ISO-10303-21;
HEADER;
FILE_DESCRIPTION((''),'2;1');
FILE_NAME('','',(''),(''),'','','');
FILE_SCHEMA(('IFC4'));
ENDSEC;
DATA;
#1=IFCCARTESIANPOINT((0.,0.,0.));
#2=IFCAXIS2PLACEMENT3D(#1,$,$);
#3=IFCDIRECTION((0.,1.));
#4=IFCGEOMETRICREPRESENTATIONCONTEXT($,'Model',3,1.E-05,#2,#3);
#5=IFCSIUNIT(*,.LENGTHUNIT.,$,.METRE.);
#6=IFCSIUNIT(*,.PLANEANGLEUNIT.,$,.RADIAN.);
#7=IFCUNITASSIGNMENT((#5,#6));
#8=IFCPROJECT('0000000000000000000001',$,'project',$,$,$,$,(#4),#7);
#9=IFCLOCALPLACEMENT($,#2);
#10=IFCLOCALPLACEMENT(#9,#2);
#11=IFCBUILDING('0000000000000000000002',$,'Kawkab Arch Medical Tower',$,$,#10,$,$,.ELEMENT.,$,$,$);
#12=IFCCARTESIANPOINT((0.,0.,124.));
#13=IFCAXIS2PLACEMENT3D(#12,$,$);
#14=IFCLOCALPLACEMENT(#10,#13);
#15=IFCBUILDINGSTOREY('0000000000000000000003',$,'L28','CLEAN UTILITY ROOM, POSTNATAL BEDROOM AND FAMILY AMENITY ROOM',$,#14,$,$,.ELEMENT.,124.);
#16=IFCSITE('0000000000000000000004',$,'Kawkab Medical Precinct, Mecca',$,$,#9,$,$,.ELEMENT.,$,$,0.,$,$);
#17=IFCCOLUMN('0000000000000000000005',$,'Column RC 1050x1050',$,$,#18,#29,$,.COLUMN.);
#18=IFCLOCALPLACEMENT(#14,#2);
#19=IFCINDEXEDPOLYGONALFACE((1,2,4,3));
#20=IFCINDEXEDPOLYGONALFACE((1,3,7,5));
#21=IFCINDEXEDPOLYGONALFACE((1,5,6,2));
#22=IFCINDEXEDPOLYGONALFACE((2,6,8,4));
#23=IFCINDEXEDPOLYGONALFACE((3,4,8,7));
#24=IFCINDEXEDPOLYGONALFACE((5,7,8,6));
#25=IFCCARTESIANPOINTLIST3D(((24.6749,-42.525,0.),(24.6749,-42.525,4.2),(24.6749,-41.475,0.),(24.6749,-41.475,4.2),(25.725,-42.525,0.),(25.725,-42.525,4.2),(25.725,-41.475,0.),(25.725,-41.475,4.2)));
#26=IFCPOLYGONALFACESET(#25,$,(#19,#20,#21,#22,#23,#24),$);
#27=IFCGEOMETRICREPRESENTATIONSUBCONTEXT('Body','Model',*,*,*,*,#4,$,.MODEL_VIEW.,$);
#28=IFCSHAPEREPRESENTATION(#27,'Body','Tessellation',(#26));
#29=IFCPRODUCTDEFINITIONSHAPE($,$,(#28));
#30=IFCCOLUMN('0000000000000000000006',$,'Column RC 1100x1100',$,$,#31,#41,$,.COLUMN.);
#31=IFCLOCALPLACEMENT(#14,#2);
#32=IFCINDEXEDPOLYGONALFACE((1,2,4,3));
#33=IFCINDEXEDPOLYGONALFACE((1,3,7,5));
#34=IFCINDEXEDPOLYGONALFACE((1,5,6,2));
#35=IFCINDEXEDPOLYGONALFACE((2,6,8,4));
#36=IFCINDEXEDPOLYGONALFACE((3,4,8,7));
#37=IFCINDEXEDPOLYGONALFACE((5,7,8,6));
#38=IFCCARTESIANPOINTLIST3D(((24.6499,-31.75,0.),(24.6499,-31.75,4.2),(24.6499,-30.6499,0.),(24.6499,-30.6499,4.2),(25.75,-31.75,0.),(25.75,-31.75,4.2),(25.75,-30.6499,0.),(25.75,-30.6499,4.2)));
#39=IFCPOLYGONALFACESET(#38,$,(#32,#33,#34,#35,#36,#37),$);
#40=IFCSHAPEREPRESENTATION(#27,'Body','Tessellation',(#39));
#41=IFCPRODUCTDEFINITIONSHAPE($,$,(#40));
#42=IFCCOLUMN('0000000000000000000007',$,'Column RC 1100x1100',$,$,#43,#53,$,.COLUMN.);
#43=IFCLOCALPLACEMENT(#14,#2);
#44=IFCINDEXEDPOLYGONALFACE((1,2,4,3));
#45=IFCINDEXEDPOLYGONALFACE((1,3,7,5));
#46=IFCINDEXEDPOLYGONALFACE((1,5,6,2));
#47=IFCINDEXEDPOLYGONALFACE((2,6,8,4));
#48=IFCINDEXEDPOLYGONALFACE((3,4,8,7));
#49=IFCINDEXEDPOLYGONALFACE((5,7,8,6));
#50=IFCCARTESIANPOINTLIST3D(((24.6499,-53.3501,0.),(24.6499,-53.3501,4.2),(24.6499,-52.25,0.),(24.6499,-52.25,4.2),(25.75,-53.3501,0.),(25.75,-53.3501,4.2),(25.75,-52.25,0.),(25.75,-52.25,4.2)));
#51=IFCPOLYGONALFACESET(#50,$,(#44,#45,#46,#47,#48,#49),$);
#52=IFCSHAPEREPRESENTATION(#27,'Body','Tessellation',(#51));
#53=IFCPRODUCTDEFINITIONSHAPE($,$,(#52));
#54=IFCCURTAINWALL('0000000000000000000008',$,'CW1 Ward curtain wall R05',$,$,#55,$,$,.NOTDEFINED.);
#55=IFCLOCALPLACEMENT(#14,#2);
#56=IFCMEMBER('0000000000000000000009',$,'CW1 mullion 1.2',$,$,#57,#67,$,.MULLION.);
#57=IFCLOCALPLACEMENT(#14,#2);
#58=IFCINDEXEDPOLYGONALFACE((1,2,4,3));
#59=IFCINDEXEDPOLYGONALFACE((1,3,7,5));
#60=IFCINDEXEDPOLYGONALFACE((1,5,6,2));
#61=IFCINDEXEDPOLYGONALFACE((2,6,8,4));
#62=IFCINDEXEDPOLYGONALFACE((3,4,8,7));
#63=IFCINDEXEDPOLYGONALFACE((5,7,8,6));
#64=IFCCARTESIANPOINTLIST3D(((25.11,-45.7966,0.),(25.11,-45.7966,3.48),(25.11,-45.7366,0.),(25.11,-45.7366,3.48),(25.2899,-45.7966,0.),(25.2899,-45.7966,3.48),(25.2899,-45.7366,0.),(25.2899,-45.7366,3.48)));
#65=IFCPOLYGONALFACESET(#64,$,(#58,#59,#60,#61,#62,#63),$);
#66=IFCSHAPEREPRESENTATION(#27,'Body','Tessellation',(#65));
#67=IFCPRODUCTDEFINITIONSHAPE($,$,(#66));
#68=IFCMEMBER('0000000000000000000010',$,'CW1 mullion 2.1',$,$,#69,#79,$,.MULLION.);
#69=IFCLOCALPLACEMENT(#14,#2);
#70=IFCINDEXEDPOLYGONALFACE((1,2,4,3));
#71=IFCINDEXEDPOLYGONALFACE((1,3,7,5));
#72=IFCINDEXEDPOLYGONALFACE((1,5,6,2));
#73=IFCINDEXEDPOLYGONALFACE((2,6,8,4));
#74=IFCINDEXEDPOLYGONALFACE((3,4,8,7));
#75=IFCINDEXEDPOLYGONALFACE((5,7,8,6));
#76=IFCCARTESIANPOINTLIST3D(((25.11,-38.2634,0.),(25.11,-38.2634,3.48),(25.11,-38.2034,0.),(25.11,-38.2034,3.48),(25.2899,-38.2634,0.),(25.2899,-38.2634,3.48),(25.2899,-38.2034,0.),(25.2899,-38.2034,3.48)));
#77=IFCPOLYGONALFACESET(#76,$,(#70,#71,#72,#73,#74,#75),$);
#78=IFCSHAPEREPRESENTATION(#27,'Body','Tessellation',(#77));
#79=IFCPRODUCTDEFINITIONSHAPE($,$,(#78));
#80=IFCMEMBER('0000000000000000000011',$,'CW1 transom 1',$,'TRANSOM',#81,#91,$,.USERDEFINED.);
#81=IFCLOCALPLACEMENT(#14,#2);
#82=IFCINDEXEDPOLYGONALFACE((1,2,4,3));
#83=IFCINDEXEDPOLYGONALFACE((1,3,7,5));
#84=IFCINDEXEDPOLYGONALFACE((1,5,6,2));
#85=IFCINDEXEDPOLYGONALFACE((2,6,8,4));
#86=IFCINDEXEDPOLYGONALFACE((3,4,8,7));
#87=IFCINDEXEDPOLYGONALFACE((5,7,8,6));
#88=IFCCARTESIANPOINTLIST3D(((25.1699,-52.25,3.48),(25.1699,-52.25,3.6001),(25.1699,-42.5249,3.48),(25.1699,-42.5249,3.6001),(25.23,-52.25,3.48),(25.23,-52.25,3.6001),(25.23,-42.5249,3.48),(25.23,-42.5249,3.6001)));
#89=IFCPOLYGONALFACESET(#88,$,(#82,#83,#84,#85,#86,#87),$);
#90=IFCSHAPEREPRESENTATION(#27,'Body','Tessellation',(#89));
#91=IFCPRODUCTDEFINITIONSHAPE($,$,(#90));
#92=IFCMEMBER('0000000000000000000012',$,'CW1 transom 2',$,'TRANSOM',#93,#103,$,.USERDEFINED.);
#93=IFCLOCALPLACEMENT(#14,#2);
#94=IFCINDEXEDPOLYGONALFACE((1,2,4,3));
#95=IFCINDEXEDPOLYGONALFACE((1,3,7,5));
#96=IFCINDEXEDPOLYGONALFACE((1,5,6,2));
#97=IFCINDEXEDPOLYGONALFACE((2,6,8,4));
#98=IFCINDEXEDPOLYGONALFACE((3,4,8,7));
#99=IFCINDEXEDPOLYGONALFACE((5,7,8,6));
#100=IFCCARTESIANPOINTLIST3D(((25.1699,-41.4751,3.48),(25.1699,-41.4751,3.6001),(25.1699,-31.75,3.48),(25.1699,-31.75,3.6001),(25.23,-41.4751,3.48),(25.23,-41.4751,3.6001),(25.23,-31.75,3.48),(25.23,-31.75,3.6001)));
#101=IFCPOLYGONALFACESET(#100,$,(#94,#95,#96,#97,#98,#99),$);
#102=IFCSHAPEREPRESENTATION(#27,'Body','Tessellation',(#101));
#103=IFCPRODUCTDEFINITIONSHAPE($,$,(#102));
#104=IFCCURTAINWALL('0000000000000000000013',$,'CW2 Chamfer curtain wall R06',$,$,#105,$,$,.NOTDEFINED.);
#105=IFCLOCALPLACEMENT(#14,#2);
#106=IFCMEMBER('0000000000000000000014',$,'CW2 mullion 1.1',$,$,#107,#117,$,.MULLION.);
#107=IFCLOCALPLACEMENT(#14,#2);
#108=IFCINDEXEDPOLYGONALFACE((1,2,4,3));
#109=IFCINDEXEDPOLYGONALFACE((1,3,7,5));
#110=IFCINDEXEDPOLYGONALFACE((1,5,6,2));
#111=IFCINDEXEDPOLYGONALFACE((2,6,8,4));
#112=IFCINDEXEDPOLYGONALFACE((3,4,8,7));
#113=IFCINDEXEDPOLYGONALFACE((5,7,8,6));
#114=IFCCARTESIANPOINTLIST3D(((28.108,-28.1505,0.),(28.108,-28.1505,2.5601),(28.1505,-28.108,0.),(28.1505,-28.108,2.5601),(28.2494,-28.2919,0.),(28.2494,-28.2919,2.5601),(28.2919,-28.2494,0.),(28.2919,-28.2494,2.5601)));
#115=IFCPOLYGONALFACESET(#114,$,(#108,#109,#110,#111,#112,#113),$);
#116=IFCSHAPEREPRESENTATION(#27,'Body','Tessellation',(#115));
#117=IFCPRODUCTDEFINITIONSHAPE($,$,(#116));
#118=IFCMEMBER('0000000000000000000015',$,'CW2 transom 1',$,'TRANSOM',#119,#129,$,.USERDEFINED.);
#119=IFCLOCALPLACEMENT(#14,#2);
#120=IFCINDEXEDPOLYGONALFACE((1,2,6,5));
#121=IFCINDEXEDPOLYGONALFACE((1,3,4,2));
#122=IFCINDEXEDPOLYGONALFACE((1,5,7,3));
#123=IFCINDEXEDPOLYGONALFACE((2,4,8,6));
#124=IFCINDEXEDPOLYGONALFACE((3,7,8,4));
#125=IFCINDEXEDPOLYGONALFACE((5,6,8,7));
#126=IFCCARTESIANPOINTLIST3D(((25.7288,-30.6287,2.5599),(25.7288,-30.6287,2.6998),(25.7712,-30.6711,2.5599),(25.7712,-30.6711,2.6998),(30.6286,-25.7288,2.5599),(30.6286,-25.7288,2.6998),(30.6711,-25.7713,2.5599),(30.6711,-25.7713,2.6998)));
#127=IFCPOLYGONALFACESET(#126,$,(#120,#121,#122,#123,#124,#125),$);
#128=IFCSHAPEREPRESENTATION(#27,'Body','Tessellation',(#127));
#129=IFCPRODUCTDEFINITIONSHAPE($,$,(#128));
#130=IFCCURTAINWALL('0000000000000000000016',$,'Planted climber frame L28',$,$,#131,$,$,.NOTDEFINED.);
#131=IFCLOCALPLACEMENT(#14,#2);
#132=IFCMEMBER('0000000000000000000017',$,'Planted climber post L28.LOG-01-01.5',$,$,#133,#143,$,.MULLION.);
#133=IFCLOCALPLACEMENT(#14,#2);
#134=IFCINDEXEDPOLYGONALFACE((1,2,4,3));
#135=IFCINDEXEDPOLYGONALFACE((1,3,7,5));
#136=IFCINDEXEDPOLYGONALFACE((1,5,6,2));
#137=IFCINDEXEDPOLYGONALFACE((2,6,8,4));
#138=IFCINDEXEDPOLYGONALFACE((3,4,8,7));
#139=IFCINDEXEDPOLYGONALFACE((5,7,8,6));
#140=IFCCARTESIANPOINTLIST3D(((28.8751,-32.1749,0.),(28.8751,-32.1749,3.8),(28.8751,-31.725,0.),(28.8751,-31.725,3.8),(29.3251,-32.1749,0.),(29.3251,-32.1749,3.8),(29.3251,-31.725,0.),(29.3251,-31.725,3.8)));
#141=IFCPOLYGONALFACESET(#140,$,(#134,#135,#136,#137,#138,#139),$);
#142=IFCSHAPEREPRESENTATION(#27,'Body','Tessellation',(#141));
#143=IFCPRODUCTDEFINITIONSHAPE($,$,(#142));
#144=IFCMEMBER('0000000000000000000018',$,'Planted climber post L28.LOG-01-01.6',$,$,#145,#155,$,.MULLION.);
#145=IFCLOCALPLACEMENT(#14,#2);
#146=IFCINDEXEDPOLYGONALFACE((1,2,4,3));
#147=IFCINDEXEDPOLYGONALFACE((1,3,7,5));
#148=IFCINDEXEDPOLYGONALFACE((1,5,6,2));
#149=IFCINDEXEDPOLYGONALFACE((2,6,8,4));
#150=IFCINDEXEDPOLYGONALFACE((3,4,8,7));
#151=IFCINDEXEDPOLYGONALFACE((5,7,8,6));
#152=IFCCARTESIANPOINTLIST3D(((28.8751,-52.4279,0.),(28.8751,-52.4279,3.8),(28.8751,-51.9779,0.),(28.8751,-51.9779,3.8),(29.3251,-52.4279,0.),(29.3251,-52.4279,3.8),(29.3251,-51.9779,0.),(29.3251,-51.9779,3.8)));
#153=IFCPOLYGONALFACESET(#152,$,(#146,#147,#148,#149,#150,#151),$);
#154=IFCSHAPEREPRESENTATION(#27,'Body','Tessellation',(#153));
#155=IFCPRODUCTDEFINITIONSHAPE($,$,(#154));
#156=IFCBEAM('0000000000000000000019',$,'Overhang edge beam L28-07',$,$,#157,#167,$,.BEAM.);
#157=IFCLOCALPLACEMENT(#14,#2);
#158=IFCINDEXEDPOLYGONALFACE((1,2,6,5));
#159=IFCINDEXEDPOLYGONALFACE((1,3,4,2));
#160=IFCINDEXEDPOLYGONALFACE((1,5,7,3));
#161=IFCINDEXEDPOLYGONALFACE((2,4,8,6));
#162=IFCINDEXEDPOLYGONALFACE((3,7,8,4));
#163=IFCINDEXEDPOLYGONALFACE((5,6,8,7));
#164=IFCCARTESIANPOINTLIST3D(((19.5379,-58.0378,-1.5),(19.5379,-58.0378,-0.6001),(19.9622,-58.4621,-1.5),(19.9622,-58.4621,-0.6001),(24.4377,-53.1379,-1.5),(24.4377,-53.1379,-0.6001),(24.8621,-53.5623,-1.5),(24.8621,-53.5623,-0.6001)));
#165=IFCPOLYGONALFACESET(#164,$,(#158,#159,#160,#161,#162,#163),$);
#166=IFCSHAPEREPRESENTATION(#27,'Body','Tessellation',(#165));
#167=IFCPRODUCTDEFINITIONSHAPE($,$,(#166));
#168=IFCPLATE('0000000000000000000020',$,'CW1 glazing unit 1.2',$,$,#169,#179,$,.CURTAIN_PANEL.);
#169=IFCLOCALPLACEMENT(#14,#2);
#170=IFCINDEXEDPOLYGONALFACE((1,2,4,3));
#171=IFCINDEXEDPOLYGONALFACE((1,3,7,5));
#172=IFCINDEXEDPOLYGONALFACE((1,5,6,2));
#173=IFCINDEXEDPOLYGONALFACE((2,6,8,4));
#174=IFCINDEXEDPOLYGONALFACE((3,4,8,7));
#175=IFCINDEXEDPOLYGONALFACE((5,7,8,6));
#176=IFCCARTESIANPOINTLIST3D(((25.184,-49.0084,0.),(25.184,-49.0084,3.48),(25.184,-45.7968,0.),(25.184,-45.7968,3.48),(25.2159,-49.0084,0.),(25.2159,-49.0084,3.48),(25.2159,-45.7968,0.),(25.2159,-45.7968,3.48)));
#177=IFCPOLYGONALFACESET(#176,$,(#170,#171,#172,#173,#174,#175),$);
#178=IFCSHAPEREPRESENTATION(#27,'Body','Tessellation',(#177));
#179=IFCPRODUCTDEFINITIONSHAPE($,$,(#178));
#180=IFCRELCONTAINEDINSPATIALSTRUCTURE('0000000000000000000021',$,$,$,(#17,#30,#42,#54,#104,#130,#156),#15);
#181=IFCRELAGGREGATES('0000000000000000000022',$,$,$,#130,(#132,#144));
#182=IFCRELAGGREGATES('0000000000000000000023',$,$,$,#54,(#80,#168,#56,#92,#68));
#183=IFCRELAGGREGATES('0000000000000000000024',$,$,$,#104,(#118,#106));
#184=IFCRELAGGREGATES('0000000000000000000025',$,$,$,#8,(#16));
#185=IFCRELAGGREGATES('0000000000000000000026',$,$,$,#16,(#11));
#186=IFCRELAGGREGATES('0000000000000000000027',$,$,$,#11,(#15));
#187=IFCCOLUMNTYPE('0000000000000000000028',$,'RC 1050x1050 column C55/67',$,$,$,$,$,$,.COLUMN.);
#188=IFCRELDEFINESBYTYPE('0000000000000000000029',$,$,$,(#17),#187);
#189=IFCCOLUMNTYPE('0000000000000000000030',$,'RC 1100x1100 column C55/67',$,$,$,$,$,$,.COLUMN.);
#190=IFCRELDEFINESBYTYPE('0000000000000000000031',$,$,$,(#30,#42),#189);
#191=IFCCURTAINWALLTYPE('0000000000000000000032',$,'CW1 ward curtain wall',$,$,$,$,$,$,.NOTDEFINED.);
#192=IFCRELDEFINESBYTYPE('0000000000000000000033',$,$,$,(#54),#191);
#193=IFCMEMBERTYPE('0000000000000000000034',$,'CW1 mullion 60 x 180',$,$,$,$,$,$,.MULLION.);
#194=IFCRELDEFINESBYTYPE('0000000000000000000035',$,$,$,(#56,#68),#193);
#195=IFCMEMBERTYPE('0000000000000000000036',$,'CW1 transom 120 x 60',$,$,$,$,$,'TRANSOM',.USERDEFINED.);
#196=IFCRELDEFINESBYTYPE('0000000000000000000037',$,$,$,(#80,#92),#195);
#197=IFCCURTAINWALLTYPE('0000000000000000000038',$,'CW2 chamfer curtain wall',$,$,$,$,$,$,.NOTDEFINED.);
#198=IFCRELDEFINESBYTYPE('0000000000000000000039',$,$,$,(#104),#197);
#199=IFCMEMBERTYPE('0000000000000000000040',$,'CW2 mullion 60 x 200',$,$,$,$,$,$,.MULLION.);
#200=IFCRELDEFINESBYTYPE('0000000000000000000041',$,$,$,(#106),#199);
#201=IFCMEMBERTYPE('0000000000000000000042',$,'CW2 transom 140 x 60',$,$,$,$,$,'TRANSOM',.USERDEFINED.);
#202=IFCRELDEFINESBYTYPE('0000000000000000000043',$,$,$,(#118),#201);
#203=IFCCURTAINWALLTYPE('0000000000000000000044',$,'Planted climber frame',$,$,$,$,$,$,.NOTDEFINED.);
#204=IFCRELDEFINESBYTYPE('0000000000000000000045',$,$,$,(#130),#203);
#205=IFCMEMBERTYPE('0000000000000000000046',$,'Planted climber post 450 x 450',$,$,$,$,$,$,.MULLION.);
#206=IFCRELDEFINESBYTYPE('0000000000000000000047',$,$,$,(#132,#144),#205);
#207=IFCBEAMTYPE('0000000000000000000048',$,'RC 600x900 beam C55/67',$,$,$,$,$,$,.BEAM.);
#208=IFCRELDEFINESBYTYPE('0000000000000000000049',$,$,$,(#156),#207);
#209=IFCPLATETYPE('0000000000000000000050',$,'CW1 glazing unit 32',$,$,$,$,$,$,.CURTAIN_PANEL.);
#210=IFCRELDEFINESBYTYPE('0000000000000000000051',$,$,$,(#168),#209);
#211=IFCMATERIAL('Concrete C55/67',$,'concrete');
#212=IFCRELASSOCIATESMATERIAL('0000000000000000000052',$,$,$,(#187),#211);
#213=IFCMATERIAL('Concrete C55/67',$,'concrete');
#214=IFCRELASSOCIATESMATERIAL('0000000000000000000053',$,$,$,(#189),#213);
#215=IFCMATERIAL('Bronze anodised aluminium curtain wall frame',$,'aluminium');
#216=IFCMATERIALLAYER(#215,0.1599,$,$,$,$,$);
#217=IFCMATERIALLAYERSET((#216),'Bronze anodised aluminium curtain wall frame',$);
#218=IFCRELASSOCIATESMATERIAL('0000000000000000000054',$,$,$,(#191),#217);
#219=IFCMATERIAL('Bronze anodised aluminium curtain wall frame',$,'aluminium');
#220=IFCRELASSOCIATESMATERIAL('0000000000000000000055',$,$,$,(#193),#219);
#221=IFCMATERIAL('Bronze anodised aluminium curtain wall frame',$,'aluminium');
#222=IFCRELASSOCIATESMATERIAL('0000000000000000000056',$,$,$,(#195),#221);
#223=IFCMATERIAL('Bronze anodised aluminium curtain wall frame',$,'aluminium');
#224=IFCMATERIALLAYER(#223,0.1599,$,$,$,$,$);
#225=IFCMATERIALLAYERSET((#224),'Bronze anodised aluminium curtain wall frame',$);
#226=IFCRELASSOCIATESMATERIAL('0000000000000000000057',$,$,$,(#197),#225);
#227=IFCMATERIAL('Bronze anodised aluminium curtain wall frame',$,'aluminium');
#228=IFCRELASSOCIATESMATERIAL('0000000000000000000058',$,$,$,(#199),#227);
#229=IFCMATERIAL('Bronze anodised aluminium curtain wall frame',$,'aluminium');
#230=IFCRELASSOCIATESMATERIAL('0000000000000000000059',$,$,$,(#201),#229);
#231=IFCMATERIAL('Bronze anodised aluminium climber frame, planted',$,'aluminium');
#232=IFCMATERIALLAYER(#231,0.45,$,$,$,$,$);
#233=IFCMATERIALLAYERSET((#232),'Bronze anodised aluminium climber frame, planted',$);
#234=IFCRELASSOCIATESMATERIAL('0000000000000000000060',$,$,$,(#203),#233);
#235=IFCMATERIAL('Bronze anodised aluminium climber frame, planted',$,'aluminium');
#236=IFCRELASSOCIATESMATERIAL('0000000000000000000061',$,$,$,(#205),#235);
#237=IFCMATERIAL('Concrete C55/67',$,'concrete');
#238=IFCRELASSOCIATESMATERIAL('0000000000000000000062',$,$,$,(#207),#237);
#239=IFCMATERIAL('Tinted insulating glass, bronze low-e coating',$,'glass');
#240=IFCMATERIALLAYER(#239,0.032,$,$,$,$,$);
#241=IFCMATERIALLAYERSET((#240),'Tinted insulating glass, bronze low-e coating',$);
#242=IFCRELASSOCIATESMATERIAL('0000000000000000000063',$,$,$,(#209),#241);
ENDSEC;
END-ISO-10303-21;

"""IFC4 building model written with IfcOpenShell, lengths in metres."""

from ifc_helpers import new_model, si_unit, direction, frame, origin, origin_2d, place, context, subcontext, project, spatial, rectangle, extrude, material, layer, layer_set, material_profile, profile_set, type_object, element, aggregate, save


model = new_model("IFC4")

# Units and contexts
model_context = context("Model", 3, precision=1e-05, world=origin(), true_north=direction((0.0, 1.0)))
body_context = subcontext(model_context, "Body", "Model", "MODEL_VIEW")
ifc_project = project(units=[si_unit("LENGTHUNIT", "METRE"), si_unit("PLANEANGLEUNIT", "RADIAN")], contexts=[model_context])

# Site, building, storey
site_placement = place(None, origin())
site = spatial("IfcSite", under=ifc_project, at=site_placement, Name="Kawkab Medical Precinct, Mecca", CompositionType="ELEMENT", RefElevation=0.0)
building_placement = place(site_placement, origin())
building = spatial("IfcBuilding", under=site, at=building_placement, Name="Kawkab Arch Medical Tower", CompositionType="ELEMENT")
storey_placement = place(building_placement, frame((0.0, 0.0, 124.0)))
storey = spatial("IfcBuildingStorey", under=building, at=storey_placement, Name="L28", Description="CLEAN UTILITY ROOM, POSTNATAL BEDROOM AND FAMILY AMENITY ROOM", CompositionType="ELEMENT", Elevation=124.0)

# Columns
ifc_material_1 = material(Name="Concrete C55/67", Category="concrete")
ifc_material_profile_1 = material_profile(ifc_material_1, rectangle(XDim=1.05, YDim=1.05, at=origin_2d()), Name="RC 1050x1050")
ifc_profile_set_1 = profile_set([ifc_material_profile_1], Name="Concrete C55/67")
column_type_1 = type_object("IfcColumnType", Name="RC 1050x1050 column C55/67", PredefinedType="COLUMN", material=ifc_profile_set_1)
column_placement = place(storey_placement, frame((25.2, -42.0, 0.0), z_axis=(0.0, 0.0, 1.0), x_axis=(1.0, 0.0, 0.0)))
element("IfcColumn", 1, at=column_placement, inside=storey, type_object=column_type_1, Name="Column RC 1050x1050", PredefinedType="COLUMN", context=body_context, shape_type="SweptSolid", body=[
    extrude(rectangle(XDim=1.05, YDim=1.05, at=origin_2d()), origin(), (0.0, 0.0, 1.0), 4.2),
])
ifc_material_2 = material(Name="Concrete C55/67", Category="concrete")
ifc_material_profile_2 = material_profile(ifc_material_2, rectangle(XDim=1.1001, YDim=1.1001, at=origin_2d()), Name="RC 1100x1100")
ifc_profile_set_2 = profile_set([ifc_material_profile_2], Name="Concrete C55/67")
column_type_2 = type_object("IfcColumnType", Name="RC 1100x1100 column C55/67", PredefinedType="COLUMN", material=ifc_profile_set_2)
for number, where, z_axis, x_axis, name in (
    (2, (25.2, -31.2, 0.0), (0.0, 0.0, 1.0), (1.0, 0.0, 0.0), "Column RC 1100x1100"),
    (3, (25.2, -52.8, 0.0), (0.0, 0.0, 1.0), (1.0, 0.0, 0.0), "Column RC 1100x1100"),
):
    element("IfcColumn", number, at=place(storey_placement, frame(where, z_axis=z_axis, x_axis=x_axis)), inside=storey, type_object=column_type_2, Name=name, PredefinedType="COLUMN", context=body_context, shape_type="SweptSolid", body=[
        extrude(rectangle(XDim=1.1001, YDim=1.1001, at=origin_2d()), origin(), (0.0, 0.0, 1.0), 4.2),
    ])

# Curtain walls, members
ifc_material_3 = material(Name="Bronze anodised aluminium curtain wall frame", Category="aluminium")
ifc_layer_1 = layer(ifc_material_3, 0.1599)
ifc_layer_set_1 = layer_set([ifc_layer_1], Name="Bronze anodised aluminium curtain wall frame")
curtain_wall_type_1 = type_object("IfcCurtainWallType", Name="CW1 ward curtain wall", PredefinedType="NOTDEFINED", material=ifc_layer_set_1)
placement = place(storey_placement, origin())
curtain_wall_1 = element("IfcCurtainWall", 4, at=placement, inside=storey, type_object=curtain_wall_type_1, Name="CW1 Ward curtain wall R05", PredefinedType="NOTDEFINED")
ifc_material_4 = material(Name="Bronze anodised aluminium curtain wall frame", Category="aluminium")
ifc_material_profile_3 = material_profile(ifc_material_4, rectangle(XDim=0.1799, YDim=0.0601, at=origin_2d()), Name="AL 60x180")
ifc_profile_set_3 = profile_set([ifc_material_profile_3], Name="Bronze anodised aluminium curtain wall frame")
member_type_1 = type_object("IfcMemberType", Name="CW1 mullion 60 x 180", PredefinedType="MULLION", material=ifc_profile_set_3)
member_1_placement = place(storey_placement, frame((25.2, -45.7666, 0.0), z_axis=(0.0, 0.0, 1.0), x_axis=(-1.0, 0.0, 0.0)))
member_1 = element("IfcMember", 5, at=member_1_placement, type_object=member_type_1, Name="CW1 mullion 1.2", PredefinedType="MULLION", context=body_context, shape_type="SweptSolid", body=[
    extrude(rectangle(XDim=0.1799, YDim=0.0601, at=origin_2d()), origin(), (0.0, 0.0, 1.0), 3.48),
])
member_2_placement = place(storey_placement, frame((25.2, -38.2334, 0.0), z_axis=(0.0, 0.0, 1.0), x_axis=(-1.0, 0.0, 0.0)))
member_2 = element("IfcMember", 6, at=member_2_placement, type_object=member_type_1, Name="CW1 mullion 2.1", PredefinedType="MULLION", context=body_context, shape_type="SweptSolid", body=[
    extrude(rectangle(XDim=0.1799, YDim=0.0601, at=origin_2d()), origin(), (0.0, 0.0, 1.0), 3.48),
])
ifc_material_5 = material(Name="Bronze anodised aluminium curtain wall frame", Category="aluminium")
ifc_material_profile_4 = material_profile(ifc_material_5, rectangle(XDim=0.0601, YDim=0.1201, at=origin_2d()), Name="AL 60x120")
ifc_profile_set_4 = profile_set([ifc_material_profile_4], Name="Bronze anodised aluminium curtain wall frame")
member_type_2 = type_object("IfcMemberType", Name="CW1 transom 120 x 60", ElementType="TRANSOM", PredefinedType="USERDEFINED", material=ifc_profile_set_4)
member_3_placement = place(storey_placement, frame((25.2, -52.25, 3.54), z_axis=(0.0, 1.0, 0.0), x_axis=(-1.0, 0.0, 0.0)))
member_3 = element("IfcMember", 7, at=member_3_placement, type_object=member_type_2, Name="CW1 transom 1", ObjectType="TRANSOM", PredefinedType="USERDEFINED", context=body_context, shape_type="SweptSolid", body=[
    extrude(rectangle(XDim=0.0601, YDim=0.1201, at=origin_2d()), origin(), (0.0, 0.0, 1.0), 9.7251),
])
member_4_placement = place(storey_placement, frame((25.2, -41.4751, 3.54), z_axis=(0.0, 1.0, 0.0), x_axis=(-1.0, 0.0, 0.0)))
member_4 = element("IfcMember", 8, at=member_4_placement, type_object=member_type_2, Name="CW1 transom 2", ObjectType="TRANSOM", PredefinedType="USERDEFINED", context=body_context, shape_type="SweptSolid", body=[
    extrude(rectangle(XDim=0.0601, YDim=0.1201, at=origin_2d()), origin(), (0.0, 0.0, 1.0), 9.7251),
])
ifc_material_6 = material(Name="Bronze anodised aluminium curtain wall frame", Category="aluminium")
ifc_layer_2 = layer(ifc_material_6, 0.1599)
ifc_layer_set_2 = layer_set([ifc_layer_2], Name="Bronze anodised aluminium curtain wall frame")
curtain_wall_type_2 = type_object("IfcCurtainWallType", Name="CW2 chamfer curtain wall", PredefinedType="NOTDEFINED", material=ifc_layer_set_2)
curtain_wall_2 = element("IfcCurtainWall", 9, at=placement, inside=storey, type_object=curtain_wall_type_2, Name="CW2 Chamfer curtain wall R06", PredefinedType="NOTDEFINED")
ifc_material_7 = material(Name="Bronze anodised aluminium curtain wall frame", Category="aluminium")
ifc_material_profile_5 = material_profile(ifc_material_7, rectangle(XDim=0.2, YDim=0.0601, at=origin_2d()), Name="AL 60x200")
ifc_profile_set_5 = profile_set([ifc_material_profile_5], Name="Bronze anodised aluminium curtain wall frame")
member_type_3 = type_object("IfcMemberType", Name="CW2 mullion 60 x 200", PredefinedType="MULLION", material=ifc_profile_set_5)
member_5_placement = place(storey_placement, frame((28.2, -28.2, 0.0), z_axis=(0.0, 0.0, 1.0), x_axis=(-0.707107, 0.707107, 0.0)))
member_5 = element("IfcMember", 10, at=member_5_placement, type_object=member_type_3, Name="CW2 mullion 1.1", PredefinedType="MULLION", context=body_context, shape_type="SweptSolid", body=[
    extrude(rectangle(XDim=0.2, YDim=0.0601, at=origin_2d()), origin(), (0.0, 0.0, 1.0), 2.5601),
])
ifc_material_8 = material(Name="Bronze anodised aluminium curtain wall frame", Category="aluminium")
ifc_material_profile_6 = material_profile(ifc_material_8, rectangle(XDim=0.0601, YDim=0.1399, at=origin_2d()), Name="AL 60x140")
ifc_profile_set_6 = profile_set([ifc_material_profile_6], Name="Bronze anodised aluminium curtain wall frame")
member_type_4 = type_object("IfcMemberType", Name="CW2 transom 140 x 60", ElementType="TRANSOM", PredefinedType="USERDEFINED", material=ifc_profile_set_6)
member_6_placement = place(storey_placement, frame((25.75, -30.6499, 2.6299), z_axis=(0.707107, 0.707107, 0.0), x_axis=(-0.707107, 0.707107, 0.0)))
member_6 = element("IfcMember", 11, at=member_6_placement, type_object=member_type_4, Name="CW2 transom 1", ObjectType="TRANSOM", PredefinedType="USERDEFINED", context=body_context, shape_type="SweptSolid", body=[
    extrude(rectangle(XDim=0.0601, YDim=0.1399, at=origin_2d()), origin(), (0.0, 0.0, 1.0), 6.9294),
])
ifc_material_9 = material(Name="Bronze anodised aluminium climber frame, planted", Category="aluminium")
ifc_layer_3 = layer(ifc_material_9, 0.45)
ifc_layer_set_3 = layer_set([ifc_layer_3], Name="Bronze anodised aluminium climber frame, planted")
curtain_wall_type_3 = type_object("IfcCurtainWallType", Name="Planted climber frame", PredefinedType="NOTDEFINED", material=ifc_layer_set_3)
curtain_wall_3 = element("IfcCurtainWall", 12, at=placement, inside=storey, type_object=curtain_wall_type_3, Name="Planted climber frame L28", PredefinedType="NOTDEFINED")
ifc_material_10 = material(Name="Bronze anodised aluminium climber frame, planted", Category="aluminium")
ifc_material_profile_7 = material_profile(ifc_material_10, rectangle(XDim=0.45, YDim=0.45, at=origin_2d()), Name="Post 450x450")
ifc_profile_set_7 = profile_set([ifc_material_profile_7], Name="Bronze anodised aluminium climber frame, planted")
member_type_5 = type_object("IfcMemberType", Name="Planted climber post 450 x 450", PredefinedType="MULLION", material=ifc_profile_set_7)
member_7_placement = place(storey_placement, frame((29.1001, -31.95, 0.0), z_axis=(0.0, 0.0, 1.0), x_axis=(1.0, 0.0, 0.0)))
member_7 = element("IfcMember", 13, at=member_7_placement, type_object=member_type_5, Name="Planted climber post L28.LOG-01-01.5", PredefinedType="MULLION", context=body_context, shape_type="SweptSolid", body=[
    extrude(rectangle(XDim=0.45, YDim=0.45, at=origin_2d()), origin(), (0.0, 0.0, 1.0), 3.8),
])
member_8_placement = place(storey_placement, frame((29.1001, -52.2029, 0.0), z_axis=(0.0, 0.0, 1.0), x_axis=(1.0, 0.0, 0.0)))
member_8 = element("IfcMember", 14, at=member_8_placement, type_object=member_type_5, Name="Planted climber post L28.LOG-01-01.6", PredefinedType="MULLION", context=body_context, shape_type="SweptSolid", body=[
    extrude(rectangle(XDim=0.45, YDim=0.45, at=origin_2d()), origin(), (0.0, 0.0, 1.0), 3.8),
])
aggregate(curtain_wall_3, [member_7, member_8])

# Beam
ifc_material_11 = material(Name="Concrete C55/67", Category="concrete")
ifc_material_profile_8 = material_profile(ifc_material_11, rectangle(XDim=0.6001, YDim=0.8999, at=origin_2d()), Name="RC 600x900")
ifc_profile_set_8 = profile_set([ifc_material_profile_8], Name="Concrete C55/67")
beam_type = type_object("IfcBeamType", Name="RC 600x900 beam C55/67", PredefinedType="BEAM", material=ifc_profile_set_8)
beam_placement = place(storey_placement, frame((24.6499, -53.3501, -1.05), z_axis=(-0.707107, -0.707107, 0.0), x_axis=(0.707107, -0.707107, 0.0)))
element("IfcBeam", 15, at=beam_placement, inside=storey, type_object=beam_type, Name="Overhang edge beam L28-07", PredefinedType="BEAM", context=body_context, shape_type="SweptSolid", body=[
    extrude(rectangle(XDim=0.6001, YDim=0.8999, at=origin_2d()), origin(), (0.0, 0.0, 1.0), 6.9294),
])

# Plate
ifc_material_12 = material(Name="Tinted insulating glass, bronze low-e coating", Category="glass")
ifc_layer_4 = layer(ifc_material_12, 0.032)
ifc_layer_set_4 = layer_set([ifc_layer_4], Name="Tinted insulating glass, bronze low-e coating")
plate_type_1 = type_object("IfcPlateType", Name="CW1 glazing unit 32", PredefinedType="CURTAIN_PANEL", material=ifc_layer_set_4)
plate_1_placement = place(storey_placement, frame((25.2, -47.4026, 0.0), z_axis=(0.0, 0.0, 1.0), x_axis=(0.0, 1.0, 0.0)))
plate_1 = element("IfcPlate", 16, at=plate_1_placement, type_object=plate_type_1, Name="CW1 glazing unit 1.2", PredefinedType="CURTAIN_PANEL", context=body_context, shape_type="SweptSolid", body=[
    extrude(rectangle(XDim=3.2117, YDim=0.032, at=origin_2d()), origin(), (0.0, 0.0, 1.0), 3.48),
])
aggregate(curtain_wall_1, [member_3, plate_1, member_1, member_4, member_2])
aggregate(curtain_wall_2, [member_6, member_5])

save(model, "model.ifc")
